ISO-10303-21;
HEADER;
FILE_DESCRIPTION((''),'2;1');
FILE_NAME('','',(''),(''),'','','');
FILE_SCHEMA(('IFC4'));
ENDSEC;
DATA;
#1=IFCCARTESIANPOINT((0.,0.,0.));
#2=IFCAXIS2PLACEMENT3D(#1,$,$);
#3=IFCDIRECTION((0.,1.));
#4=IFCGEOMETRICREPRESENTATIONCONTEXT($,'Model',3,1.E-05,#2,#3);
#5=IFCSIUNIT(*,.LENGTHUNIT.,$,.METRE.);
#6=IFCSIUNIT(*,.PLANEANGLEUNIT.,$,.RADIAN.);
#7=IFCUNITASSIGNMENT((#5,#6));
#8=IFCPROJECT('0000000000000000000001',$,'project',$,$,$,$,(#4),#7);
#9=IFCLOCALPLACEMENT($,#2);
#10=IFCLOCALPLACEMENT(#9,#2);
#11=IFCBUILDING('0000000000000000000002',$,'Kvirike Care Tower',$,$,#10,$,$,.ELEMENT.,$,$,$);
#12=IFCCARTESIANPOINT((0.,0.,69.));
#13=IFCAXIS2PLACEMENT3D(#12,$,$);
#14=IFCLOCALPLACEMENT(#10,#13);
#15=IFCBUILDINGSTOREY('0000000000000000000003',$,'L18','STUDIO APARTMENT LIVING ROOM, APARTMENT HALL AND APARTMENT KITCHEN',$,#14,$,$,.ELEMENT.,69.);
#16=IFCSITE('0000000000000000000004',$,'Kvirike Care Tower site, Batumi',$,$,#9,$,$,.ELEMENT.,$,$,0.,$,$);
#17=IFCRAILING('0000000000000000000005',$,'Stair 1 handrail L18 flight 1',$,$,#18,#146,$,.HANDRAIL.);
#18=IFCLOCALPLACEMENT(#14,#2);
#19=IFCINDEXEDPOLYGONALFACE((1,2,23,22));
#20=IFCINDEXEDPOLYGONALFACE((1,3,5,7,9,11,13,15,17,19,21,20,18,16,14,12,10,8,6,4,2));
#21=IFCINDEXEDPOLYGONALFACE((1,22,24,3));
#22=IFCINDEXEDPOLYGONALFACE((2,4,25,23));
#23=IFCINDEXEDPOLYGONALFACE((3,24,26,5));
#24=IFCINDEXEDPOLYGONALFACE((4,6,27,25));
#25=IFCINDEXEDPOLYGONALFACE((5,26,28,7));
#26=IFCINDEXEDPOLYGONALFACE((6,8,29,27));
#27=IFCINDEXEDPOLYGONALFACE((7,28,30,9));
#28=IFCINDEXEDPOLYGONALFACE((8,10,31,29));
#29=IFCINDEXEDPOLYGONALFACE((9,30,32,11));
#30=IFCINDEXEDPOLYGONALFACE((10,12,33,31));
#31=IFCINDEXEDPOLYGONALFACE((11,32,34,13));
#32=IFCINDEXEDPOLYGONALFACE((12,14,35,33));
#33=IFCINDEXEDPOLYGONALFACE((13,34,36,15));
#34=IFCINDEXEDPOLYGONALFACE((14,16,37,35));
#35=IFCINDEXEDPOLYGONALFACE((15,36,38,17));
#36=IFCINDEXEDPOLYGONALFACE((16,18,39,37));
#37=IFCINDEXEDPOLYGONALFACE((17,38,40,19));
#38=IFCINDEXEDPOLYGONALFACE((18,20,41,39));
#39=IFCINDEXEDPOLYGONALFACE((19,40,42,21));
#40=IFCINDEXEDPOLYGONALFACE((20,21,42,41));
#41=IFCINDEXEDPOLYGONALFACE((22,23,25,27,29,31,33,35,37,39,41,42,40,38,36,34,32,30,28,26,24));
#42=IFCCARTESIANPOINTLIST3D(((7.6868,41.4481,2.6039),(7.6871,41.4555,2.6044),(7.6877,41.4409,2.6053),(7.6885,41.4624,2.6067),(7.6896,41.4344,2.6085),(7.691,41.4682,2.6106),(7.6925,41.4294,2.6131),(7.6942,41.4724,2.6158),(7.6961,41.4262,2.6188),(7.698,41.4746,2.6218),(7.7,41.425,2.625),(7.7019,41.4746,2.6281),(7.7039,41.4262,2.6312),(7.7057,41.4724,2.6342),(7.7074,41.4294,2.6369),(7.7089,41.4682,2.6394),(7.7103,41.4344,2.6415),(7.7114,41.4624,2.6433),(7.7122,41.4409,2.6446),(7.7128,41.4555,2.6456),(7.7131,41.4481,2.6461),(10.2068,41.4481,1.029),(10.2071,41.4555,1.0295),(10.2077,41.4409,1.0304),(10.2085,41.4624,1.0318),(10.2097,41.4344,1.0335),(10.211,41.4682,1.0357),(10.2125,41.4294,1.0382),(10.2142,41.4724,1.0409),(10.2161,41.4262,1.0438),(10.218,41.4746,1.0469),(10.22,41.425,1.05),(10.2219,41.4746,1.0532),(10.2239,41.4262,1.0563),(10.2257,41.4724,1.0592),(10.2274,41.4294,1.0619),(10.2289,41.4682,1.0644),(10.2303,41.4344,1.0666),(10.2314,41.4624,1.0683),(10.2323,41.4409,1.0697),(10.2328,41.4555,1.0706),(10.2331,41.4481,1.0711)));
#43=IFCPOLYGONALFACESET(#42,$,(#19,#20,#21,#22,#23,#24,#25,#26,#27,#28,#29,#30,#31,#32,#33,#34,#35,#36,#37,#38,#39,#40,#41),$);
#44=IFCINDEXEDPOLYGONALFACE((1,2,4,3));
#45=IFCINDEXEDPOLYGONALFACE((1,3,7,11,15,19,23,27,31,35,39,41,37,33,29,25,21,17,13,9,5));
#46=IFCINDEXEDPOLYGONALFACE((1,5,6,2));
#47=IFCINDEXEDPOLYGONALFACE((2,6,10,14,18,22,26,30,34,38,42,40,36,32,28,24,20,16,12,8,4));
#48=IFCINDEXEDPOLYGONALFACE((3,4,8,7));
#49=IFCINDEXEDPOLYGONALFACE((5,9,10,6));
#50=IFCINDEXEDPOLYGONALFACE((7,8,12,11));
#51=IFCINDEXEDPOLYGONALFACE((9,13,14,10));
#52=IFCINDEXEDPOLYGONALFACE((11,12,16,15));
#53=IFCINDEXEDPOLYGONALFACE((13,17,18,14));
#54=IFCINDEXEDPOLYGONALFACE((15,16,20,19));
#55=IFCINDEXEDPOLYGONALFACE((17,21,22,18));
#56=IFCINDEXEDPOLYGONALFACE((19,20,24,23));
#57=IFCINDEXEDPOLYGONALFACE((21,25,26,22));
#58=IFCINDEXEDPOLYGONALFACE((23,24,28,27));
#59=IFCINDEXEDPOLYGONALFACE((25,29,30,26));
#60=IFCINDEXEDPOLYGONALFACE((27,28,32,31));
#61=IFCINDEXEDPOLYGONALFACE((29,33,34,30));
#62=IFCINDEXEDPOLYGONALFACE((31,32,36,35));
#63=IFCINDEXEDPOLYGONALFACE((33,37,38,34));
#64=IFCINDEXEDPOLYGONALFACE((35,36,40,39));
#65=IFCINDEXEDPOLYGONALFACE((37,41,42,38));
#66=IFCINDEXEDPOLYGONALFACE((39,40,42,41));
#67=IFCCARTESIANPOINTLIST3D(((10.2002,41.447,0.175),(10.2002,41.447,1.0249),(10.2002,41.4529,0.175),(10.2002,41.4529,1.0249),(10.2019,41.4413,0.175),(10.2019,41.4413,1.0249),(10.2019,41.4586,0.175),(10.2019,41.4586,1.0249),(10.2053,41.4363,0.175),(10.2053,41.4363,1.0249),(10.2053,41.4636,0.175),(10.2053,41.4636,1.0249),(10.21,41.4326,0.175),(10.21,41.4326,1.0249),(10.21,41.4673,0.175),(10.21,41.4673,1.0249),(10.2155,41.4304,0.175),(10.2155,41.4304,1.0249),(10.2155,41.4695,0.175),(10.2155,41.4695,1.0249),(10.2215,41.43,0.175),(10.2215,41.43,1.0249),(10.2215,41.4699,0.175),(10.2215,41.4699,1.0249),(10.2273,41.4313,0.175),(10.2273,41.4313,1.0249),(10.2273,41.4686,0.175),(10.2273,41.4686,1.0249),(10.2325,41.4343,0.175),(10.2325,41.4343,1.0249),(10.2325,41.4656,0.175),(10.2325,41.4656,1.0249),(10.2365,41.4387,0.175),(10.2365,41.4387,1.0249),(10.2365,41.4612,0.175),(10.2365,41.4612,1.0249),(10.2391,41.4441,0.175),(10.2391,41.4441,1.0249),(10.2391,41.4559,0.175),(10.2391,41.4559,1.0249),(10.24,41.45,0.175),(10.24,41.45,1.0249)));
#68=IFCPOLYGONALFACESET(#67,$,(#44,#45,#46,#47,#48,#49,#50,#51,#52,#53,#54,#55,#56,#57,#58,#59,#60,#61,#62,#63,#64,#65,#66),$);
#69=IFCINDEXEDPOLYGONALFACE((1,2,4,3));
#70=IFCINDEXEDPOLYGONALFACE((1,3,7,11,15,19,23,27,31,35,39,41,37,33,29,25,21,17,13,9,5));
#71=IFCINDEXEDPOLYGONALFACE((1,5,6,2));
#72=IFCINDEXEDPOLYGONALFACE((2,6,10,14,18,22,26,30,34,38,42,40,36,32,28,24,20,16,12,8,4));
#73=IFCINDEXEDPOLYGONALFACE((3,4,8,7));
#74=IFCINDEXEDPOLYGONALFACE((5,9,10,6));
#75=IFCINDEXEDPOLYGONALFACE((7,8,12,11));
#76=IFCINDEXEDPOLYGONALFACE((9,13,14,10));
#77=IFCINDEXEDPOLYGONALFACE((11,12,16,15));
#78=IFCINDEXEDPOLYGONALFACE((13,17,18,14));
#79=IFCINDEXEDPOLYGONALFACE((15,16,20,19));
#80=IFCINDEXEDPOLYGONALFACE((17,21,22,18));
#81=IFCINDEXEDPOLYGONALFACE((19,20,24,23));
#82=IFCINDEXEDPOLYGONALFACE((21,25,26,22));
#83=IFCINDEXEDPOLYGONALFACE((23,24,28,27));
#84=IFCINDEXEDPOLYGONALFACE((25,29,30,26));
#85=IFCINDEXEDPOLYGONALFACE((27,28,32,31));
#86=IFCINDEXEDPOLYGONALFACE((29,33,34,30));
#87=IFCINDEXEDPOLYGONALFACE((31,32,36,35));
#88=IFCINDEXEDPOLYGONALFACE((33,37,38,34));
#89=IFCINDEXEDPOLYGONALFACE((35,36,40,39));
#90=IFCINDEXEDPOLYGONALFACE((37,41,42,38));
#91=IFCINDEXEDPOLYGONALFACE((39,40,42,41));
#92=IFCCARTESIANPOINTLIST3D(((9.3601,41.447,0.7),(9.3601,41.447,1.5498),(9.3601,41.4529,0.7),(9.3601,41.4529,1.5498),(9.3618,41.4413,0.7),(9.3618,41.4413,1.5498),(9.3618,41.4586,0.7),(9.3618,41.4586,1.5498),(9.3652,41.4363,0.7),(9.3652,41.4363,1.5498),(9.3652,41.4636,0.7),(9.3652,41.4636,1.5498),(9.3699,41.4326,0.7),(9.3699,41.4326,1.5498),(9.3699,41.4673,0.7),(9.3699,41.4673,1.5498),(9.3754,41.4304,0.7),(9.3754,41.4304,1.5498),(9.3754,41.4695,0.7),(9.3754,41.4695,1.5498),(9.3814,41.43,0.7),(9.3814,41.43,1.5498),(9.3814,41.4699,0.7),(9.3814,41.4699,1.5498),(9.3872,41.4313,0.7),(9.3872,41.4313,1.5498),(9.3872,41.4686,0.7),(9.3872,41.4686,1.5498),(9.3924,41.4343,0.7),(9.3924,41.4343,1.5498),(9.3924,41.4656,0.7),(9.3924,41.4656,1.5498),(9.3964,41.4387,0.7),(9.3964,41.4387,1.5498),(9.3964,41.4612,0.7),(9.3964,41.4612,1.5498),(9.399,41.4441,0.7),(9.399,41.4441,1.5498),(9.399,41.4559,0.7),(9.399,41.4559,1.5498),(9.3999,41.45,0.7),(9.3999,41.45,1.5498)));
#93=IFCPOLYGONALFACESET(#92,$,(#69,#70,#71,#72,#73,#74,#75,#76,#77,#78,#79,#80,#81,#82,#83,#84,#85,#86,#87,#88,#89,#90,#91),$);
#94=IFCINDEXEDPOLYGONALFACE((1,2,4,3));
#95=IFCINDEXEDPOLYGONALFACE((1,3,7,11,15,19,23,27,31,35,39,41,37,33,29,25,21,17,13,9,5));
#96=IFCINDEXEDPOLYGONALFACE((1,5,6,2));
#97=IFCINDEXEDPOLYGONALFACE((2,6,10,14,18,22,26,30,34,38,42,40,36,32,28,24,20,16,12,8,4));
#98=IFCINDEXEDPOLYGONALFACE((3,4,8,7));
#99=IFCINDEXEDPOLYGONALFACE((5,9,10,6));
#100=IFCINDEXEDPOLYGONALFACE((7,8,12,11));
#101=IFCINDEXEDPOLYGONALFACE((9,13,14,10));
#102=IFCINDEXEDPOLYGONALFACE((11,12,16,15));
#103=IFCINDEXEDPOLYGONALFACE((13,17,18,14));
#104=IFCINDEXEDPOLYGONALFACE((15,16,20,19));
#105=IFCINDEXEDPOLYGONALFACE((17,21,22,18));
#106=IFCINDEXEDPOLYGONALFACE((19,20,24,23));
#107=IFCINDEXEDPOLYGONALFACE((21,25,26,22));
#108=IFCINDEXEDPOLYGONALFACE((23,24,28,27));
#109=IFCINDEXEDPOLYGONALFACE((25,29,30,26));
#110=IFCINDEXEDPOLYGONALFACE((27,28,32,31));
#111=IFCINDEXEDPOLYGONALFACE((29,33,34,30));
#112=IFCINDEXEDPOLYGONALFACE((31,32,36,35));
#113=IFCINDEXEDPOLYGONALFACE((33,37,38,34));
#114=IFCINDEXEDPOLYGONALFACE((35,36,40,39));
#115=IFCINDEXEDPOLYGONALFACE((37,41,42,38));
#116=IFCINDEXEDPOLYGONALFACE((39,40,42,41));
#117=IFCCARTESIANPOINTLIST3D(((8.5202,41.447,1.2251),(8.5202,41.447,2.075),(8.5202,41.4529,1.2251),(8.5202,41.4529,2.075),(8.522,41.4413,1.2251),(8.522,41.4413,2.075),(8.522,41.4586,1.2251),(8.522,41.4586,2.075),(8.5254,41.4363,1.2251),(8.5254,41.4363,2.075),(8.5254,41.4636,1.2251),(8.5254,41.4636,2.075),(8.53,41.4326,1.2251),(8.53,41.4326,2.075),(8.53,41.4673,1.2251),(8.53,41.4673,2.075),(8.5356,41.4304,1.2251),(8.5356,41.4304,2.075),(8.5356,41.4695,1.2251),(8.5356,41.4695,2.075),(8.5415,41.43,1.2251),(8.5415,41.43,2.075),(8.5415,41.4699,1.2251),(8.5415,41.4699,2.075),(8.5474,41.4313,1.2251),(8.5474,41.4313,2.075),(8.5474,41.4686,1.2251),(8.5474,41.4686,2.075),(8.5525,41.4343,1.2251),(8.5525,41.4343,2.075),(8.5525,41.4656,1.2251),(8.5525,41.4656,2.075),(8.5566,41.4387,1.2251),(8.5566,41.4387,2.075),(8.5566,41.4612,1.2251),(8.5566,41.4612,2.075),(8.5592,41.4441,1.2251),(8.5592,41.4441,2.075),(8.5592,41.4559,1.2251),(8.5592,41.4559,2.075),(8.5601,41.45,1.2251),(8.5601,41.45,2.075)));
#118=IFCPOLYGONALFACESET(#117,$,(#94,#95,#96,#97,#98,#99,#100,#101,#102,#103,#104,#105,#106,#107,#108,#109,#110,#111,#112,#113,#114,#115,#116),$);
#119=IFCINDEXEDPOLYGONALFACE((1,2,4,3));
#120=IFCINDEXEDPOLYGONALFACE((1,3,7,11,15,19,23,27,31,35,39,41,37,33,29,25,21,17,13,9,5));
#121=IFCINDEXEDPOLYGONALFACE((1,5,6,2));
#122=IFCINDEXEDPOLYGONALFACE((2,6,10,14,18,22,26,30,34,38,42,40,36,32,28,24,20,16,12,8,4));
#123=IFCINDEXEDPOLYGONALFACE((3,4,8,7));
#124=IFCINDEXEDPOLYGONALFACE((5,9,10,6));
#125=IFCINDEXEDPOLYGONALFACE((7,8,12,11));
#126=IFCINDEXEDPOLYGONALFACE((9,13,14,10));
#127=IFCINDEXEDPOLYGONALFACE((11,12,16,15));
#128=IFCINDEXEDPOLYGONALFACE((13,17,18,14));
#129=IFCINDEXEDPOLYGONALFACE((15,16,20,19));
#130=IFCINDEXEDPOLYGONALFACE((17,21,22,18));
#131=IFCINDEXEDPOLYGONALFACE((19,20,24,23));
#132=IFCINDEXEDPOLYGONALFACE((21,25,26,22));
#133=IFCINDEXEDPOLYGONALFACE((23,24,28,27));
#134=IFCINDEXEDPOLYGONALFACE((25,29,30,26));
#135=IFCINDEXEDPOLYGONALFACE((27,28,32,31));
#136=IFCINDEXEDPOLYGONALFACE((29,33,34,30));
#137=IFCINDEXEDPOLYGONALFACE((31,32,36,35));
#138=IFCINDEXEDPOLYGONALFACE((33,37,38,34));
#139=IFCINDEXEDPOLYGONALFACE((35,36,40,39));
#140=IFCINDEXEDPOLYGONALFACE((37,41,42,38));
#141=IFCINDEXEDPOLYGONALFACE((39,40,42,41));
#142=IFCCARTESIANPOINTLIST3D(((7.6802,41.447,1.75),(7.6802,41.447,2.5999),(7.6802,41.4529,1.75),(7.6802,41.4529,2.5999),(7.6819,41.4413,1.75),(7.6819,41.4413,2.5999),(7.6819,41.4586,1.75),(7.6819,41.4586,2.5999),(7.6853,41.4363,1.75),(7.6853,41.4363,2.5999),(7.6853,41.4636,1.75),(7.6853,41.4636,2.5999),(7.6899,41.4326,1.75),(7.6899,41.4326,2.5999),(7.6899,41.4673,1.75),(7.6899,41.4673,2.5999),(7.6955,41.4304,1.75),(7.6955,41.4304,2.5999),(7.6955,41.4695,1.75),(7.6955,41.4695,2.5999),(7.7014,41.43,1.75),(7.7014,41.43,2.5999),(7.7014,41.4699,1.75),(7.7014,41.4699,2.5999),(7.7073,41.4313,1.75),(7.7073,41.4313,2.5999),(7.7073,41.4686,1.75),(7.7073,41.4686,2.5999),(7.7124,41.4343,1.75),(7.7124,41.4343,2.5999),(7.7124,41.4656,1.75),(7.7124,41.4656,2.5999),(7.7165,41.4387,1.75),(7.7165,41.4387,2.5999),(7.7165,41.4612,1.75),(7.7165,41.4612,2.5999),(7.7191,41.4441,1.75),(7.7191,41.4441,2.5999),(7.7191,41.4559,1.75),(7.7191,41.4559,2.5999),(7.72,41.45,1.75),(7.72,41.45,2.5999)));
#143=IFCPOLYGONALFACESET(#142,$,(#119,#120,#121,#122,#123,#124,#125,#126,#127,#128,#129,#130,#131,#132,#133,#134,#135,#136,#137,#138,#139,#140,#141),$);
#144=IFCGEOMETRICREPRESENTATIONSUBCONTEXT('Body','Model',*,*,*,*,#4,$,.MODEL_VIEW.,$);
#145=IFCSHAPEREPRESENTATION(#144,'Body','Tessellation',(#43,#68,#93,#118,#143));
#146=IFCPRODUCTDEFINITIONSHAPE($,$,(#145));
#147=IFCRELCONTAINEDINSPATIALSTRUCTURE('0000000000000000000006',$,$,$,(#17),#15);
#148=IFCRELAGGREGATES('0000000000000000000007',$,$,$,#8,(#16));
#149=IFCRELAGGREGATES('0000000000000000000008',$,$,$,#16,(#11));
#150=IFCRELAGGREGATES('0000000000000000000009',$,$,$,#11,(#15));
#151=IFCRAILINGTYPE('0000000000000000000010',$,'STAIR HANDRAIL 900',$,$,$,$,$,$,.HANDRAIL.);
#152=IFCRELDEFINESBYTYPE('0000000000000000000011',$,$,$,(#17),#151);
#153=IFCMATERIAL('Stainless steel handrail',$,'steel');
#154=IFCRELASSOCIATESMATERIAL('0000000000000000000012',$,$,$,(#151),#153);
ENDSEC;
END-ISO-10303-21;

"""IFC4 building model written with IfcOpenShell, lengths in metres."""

from ifc_helpers import new_model, si_unit, direction, frame, origin, origin_2d, place, context, subcontext, project, spatial, circle, extrude, material, type_object, element, save


model = new_model("IFC4")

# Units and contexts
model_context = context("Model", 3, precision=1e-05, world=origin(), true_north=direction((0.0, 1.0)))
body_context = subcontext(model_context, "Body", "Model", "MODEL_VIEW")
ifc_project = project(units=[si_unit("LENGTHUNIT", "METRE"), si_unit("PLANEANGLEUNIT", "RADIAN")], contexts=[model_context])

# Site, building, storey
site_placement = place(None, origin())
site = spatial("IfcSite", under=ifc_project, at=site_placement, Name="Kvirike Care Tower site, Batumi", CompositionType="ELEMENT", RefElevation=0.0)
building_placement = place(site_placement, origin())
building = spatial("IfcBuilding", under=site, at=building_placement, Name="Kvirike Care Tower", CompositionType="ELEMENT")
storey_placement = place(building_placement, frame((0.0, 0.0, 69.0)))
storey = spatial("IfcBuildingStorey", under=building, at=storey_placement, Name="L18", Description="STUDIO APARTMENT LIVING ROOM, APARTMENT HALL AND APARTMENT KITCHEN", CompositionType="ELEMENT", Elevation=69.0)

# Railing
ifc_material_1 = material(Name="Stainless steel handrail", Category="steel")
railing_type = type_object("IfcRailingType", Name="STAIR HANDRAIL 900", PredefinedType="HANDRAIL", material=ifc_material_1)
railing_1_placement = place(storey_placement, frame((10.22, 41.45, 0.175)))
element("IfcRailing", 1, at=railing_1_placement, inside=storey, type_object=railing_type, Name="Stair 1 handrail L18 flight 1", PredefinedType="HANDRAIL", context=body_context, shape_type="SweptSolid", body=[
    extrude(circle(Radius=0.0249, at=origin_2d()), frame((0.0, 0.0, 0.875), z_axis=(-0.848008, 0.0, 0.529984), x_axis=(0.0, -1.0, 0.0)), (0.0, 0.0, 1.0), 2.9717),
    extrude(circle(Radius=0.02, at=origin_2d()), origin(), (0.0, 0.0, 1.0), 0.8499),
    extrude(circle(Radius=0.02, at=origin_2d()), frame((-0.8401, 0.0, 0.5249)), (0.0, 0.0, 1.0), 0.8499),
    extrude(circle(Radius=0.02, at=origin_2d()), frame((-1.6799, 0.0, 1.05)), (0.0, 0.0, 1.0), 0.8499),
    extrude(circle(Radius=0.02, at=origin_2d()), frame((-2.52, 0.0, 1.575)), (0.0, 0.0, 1.0), 0.8499),
])

save(model, "model.ifc")
